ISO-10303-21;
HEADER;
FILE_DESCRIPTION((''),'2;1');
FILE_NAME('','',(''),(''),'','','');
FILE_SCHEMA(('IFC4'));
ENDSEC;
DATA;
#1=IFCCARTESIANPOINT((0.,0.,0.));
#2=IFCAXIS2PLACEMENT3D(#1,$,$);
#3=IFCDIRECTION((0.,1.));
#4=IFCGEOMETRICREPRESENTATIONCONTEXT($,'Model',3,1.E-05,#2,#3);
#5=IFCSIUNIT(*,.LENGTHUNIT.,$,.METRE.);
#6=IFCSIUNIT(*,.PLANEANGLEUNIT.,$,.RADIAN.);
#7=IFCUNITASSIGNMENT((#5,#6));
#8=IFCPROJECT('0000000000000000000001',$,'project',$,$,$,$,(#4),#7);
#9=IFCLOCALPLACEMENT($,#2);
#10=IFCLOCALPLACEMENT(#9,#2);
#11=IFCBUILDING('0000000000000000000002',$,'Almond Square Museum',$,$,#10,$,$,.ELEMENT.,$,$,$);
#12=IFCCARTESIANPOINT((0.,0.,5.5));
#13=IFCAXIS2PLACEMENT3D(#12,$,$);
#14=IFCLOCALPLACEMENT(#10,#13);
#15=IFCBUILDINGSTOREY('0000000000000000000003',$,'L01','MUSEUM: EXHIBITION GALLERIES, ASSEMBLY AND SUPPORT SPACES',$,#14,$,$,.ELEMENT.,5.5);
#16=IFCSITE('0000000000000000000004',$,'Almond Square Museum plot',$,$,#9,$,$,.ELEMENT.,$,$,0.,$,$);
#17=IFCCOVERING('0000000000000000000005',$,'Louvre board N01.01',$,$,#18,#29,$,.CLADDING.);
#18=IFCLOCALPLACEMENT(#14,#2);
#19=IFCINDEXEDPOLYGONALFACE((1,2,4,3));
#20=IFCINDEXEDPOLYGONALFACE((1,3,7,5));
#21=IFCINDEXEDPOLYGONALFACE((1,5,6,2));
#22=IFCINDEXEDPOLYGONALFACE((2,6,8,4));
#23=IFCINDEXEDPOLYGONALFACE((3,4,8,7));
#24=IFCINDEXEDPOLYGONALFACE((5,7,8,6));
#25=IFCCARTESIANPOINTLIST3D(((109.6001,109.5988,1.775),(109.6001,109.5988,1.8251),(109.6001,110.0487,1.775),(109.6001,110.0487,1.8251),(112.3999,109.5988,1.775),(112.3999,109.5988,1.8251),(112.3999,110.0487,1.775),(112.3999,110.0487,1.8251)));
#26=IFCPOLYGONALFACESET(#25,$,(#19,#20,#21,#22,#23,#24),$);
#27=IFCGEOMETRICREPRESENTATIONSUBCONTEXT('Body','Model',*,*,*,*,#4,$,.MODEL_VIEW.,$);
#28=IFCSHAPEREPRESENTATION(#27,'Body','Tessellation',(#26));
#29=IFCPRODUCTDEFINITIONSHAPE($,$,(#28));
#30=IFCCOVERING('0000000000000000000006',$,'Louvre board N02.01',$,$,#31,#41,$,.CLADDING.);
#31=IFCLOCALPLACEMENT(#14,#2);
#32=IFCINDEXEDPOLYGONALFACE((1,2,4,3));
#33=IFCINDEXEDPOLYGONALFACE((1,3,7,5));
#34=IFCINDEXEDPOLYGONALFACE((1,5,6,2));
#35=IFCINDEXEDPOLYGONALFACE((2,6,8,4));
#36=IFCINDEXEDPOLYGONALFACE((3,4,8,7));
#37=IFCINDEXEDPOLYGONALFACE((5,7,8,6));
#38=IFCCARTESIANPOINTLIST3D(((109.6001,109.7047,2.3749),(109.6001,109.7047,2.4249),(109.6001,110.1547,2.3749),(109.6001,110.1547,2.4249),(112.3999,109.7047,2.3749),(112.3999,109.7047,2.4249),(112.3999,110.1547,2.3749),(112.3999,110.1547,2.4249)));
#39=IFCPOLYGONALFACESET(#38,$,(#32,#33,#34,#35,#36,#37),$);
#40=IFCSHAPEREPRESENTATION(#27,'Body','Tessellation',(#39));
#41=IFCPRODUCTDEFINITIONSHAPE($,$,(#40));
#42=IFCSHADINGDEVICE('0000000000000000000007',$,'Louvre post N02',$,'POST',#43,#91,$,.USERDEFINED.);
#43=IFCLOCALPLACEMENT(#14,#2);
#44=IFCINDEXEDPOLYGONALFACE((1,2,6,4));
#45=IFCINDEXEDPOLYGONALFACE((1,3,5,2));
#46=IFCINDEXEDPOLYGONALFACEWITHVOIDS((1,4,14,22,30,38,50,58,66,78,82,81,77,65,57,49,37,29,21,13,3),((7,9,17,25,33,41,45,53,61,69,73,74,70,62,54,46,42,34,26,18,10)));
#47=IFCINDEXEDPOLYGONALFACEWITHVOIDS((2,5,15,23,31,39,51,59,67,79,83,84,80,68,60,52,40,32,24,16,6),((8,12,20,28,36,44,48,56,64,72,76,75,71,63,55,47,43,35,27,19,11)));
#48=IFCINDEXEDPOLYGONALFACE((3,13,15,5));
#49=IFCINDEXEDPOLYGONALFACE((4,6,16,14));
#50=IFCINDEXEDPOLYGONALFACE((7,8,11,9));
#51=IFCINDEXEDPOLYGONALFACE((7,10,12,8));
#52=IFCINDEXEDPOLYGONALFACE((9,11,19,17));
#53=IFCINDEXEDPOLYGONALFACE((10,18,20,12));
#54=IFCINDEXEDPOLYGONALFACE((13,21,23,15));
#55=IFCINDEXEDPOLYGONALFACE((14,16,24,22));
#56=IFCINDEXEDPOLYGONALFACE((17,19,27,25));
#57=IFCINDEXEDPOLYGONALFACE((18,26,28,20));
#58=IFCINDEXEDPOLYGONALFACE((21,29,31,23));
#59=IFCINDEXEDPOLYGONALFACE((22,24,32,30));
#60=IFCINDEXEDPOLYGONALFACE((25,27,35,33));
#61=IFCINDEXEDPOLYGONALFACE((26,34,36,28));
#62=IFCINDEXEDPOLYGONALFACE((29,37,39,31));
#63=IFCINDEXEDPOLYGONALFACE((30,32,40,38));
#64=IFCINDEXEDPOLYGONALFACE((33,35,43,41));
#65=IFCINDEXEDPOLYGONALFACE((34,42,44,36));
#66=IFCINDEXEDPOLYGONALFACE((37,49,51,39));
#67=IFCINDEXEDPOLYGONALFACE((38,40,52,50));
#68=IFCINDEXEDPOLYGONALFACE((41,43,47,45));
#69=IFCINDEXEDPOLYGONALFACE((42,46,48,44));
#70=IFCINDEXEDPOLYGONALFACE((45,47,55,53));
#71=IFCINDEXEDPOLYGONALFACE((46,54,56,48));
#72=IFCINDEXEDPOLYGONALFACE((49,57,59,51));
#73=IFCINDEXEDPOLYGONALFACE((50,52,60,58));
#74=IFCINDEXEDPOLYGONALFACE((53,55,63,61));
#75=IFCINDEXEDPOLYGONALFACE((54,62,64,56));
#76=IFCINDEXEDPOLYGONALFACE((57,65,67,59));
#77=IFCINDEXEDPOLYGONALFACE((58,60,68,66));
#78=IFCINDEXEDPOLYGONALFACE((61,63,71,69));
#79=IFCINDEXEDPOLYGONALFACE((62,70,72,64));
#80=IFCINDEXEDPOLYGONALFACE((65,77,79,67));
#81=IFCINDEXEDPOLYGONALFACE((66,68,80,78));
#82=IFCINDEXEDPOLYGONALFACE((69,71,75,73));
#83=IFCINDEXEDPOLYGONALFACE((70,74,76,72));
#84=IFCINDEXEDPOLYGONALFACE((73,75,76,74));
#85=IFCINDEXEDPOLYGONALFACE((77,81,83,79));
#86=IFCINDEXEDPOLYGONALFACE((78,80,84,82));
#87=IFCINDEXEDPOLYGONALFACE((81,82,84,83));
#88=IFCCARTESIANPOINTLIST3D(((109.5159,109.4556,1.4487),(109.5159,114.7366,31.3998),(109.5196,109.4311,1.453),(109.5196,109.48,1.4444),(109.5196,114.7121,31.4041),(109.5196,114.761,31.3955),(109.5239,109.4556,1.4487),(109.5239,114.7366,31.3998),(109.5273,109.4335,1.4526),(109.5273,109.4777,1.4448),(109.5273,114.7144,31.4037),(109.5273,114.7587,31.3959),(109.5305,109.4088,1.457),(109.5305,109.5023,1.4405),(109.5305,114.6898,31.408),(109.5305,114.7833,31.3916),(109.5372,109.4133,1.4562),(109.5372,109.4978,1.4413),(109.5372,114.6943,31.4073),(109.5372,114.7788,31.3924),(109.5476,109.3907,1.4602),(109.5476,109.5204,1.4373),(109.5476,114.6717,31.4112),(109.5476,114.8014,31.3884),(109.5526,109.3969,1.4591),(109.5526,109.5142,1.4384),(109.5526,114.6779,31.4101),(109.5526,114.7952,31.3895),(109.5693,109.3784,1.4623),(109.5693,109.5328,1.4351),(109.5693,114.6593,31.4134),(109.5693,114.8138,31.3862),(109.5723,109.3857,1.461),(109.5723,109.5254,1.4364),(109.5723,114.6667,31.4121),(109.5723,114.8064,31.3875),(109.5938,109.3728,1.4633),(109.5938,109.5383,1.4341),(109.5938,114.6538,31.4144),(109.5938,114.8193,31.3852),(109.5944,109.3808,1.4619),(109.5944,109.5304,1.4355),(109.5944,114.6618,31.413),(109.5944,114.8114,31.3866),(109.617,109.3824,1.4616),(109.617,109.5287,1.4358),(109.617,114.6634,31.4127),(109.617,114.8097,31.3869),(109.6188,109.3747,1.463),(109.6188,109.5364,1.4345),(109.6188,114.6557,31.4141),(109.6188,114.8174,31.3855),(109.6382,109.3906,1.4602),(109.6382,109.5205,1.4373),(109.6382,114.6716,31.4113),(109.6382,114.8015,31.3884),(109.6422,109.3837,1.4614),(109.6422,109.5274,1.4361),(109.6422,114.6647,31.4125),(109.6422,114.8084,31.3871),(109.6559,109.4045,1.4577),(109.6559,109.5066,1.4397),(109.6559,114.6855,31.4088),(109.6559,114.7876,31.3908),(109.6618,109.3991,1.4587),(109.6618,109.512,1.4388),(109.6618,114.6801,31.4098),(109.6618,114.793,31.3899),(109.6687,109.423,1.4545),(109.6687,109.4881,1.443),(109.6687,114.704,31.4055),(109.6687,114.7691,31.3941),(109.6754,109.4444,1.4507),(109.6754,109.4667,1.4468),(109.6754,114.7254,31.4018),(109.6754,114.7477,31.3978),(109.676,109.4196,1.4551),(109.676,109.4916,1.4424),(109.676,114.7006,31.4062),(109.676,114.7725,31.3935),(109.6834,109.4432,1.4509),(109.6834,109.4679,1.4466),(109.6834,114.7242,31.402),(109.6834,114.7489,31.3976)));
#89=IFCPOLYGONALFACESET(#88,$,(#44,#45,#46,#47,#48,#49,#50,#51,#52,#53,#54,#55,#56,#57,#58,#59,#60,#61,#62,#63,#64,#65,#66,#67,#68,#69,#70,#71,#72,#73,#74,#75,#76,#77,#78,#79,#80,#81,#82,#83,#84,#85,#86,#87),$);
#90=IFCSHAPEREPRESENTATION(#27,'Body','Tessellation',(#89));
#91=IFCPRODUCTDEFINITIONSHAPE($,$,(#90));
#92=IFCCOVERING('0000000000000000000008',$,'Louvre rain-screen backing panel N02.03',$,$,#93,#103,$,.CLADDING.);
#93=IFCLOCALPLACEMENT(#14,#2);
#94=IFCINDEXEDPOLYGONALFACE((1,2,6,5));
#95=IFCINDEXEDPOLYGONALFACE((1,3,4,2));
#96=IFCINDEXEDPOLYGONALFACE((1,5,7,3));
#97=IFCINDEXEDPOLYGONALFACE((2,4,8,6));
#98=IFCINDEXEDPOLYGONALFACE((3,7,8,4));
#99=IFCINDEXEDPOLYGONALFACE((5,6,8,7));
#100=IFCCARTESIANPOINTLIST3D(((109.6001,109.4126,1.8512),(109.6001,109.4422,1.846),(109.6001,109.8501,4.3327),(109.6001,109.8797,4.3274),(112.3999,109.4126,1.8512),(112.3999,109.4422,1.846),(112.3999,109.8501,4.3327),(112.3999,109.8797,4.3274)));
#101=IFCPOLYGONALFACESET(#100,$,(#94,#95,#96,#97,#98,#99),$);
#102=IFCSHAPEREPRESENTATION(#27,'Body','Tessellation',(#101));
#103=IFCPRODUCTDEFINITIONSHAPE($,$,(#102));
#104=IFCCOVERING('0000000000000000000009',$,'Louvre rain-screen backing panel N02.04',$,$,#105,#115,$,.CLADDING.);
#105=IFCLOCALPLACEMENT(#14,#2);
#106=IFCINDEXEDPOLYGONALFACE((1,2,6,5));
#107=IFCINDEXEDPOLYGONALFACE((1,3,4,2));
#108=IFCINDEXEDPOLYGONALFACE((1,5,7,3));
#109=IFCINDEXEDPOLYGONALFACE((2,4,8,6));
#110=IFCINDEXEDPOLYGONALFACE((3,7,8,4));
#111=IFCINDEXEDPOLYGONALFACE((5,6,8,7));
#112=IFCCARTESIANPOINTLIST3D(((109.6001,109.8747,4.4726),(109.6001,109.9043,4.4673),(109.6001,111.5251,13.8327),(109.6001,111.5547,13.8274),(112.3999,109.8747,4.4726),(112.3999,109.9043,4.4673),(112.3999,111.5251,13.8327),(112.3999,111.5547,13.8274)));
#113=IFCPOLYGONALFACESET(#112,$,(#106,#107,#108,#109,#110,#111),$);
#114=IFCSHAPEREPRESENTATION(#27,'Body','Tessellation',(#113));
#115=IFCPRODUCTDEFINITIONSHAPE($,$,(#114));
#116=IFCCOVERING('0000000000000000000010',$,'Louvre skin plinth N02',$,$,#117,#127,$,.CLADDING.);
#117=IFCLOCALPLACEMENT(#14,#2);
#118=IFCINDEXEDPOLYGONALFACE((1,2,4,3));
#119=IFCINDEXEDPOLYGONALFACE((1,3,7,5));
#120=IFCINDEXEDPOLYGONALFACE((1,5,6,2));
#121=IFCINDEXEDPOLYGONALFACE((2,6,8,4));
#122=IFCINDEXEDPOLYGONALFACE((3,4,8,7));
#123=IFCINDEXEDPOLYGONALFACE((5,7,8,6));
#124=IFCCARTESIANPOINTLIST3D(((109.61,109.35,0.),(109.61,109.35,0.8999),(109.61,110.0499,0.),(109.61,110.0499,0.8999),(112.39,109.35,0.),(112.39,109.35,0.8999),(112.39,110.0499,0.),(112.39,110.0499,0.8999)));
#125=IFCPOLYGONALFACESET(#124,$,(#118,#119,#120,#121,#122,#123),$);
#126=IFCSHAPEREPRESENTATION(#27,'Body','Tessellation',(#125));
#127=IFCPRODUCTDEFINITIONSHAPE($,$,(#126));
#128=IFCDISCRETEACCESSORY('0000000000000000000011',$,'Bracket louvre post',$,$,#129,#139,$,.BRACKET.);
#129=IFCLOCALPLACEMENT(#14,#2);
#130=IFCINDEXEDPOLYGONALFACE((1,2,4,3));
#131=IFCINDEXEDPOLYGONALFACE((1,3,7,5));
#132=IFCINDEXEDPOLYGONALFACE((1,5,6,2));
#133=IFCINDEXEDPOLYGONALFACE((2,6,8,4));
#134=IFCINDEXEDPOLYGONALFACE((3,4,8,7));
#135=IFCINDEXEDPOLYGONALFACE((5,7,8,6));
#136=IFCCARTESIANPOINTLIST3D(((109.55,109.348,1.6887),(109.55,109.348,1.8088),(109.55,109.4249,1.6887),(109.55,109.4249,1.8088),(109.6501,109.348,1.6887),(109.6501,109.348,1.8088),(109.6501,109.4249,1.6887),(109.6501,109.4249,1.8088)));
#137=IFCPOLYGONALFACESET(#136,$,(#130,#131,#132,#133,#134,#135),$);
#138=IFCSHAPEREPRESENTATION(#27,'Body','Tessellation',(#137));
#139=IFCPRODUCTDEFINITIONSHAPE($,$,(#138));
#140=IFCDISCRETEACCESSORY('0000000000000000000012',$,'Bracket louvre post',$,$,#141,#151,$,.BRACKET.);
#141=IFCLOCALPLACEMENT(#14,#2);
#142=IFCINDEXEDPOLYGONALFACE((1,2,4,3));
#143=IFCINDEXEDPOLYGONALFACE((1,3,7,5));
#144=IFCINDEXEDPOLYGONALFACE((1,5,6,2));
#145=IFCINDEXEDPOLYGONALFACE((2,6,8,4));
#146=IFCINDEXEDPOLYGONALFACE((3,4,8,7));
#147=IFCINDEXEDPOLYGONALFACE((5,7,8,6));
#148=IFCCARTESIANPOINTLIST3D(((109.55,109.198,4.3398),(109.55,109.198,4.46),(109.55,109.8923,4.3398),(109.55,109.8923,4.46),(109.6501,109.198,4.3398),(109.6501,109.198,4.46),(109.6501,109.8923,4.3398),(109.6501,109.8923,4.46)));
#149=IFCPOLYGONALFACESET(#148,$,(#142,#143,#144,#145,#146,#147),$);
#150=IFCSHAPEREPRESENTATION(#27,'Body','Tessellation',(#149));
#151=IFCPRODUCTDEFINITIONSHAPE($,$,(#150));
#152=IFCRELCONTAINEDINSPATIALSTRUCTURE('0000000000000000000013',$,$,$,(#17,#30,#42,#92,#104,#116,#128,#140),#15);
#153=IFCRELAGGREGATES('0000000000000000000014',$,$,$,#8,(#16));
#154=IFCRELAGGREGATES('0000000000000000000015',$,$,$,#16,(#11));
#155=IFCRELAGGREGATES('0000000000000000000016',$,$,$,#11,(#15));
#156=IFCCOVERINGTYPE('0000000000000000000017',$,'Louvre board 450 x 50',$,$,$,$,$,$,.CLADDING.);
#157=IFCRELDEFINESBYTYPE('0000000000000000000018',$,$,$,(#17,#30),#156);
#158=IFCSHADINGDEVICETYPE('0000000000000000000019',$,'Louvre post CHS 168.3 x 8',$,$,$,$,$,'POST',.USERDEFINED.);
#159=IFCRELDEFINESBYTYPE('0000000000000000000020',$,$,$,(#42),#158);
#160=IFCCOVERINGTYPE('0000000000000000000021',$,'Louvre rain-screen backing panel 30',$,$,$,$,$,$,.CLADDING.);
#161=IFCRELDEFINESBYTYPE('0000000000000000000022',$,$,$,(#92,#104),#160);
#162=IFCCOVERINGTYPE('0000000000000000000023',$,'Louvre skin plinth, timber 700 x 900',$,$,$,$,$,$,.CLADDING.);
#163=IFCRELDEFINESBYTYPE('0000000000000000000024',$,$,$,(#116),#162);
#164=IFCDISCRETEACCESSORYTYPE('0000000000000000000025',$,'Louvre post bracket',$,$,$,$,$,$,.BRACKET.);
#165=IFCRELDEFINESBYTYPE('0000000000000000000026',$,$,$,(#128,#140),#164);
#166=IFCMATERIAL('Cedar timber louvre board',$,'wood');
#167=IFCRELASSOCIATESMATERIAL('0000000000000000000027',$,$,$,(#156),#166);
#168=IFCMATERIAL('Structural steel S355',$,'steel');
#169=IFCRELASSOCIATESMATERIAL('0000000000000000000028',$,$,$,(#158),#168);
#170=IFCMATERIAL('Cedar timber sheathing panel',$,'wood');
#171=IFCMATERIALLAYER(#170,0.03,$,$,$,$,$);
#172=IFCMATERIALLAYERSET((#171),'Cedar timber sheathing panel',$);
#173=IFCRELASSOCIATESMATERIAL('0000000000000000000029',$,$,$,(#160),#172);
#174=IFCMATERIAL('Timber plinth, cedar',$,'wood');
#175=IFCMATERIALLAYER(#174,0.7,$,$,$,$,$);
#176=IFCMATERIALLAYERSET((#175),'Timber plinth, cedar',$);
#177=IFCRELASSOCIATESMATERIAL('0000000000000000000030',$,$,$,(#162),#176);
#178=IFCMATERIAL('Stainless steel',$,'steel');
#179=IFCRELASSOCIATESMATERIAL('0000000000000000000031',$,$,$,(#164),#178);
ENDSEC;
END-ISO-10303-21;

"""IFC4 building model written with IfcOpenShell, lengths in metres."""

from ifc_helpers import new_model, si_unit, direction, frame, origin, origin_2d, place, context, subcontext, project, spatial, polyline, rectangle, hollow_circle, outline, extrude, material, layer, layer_set, material_profile, profile_set, type_object, element, save


model = new_model("IFC4")

# Units and contexts
model_context = context("Model", 3, precision=1e-05, world=origin(), true_north=direction((0.0, 1.0)))
body_context = subcontext(model_context, "Body", "Model", "MODEL_VIEW")
ifc_project = project(units=[si_unit("LENGTHUNIT", "METRE"), si_unit("PLANEANGLEUNIT", "RADIAN")], contexts=[model_context])

# Site, building, storey
site_placement = place(None, origin())
site = spatial("IfcSite", under=ifc_project, at=site_placement, Name="Almond Square Museum plot", CompositionType="ELEMENT", RefElevation=0.0)
building_placement = place(site_placement, origin())
building = spatial("IfcBuilding", under=site, at=building_placement, Name="Almond Square Museum", CompositionType="ELEMENT")
storey_placement = place(building_placement, frame((0.0, 0.0, 5.5)))
storey = spatial("IfcBuildingStorey", under=building, at=storey_placement, Name="L01", Description="MUSEUM: EXHIBITION GALLERIES, ASSEMBLY AND SUPPORT SPACES", CompositionType="ELEMENT", Elevation=5.5)

# Coverings
ifc_material_1 = material(Name="Cedar timber louvre board", Category="wood")
ifc_material_profile_1 = material_profile(ifc_material_1, rectangle(XDim=0.45, YDim=0.05, at=origin_2d()))
ifc_profile_set_1 = profile_set([ifc_material_profile_1], Name="Cedar timber louvre board")
covering_type_1 = type_object("IfcCoveringType", Name="Louvre board 450 x 50", PredefinedType="CLADDING", material=ifc_profile_set_1)
for number, where, z_axis, x_axis, name in (
    (1, (109.6001, 109.8237, 1.8), (1.0, 0.0, 0.0), (0.0, 1.0, 0.0), "Louvre board N01.01"),
    (2, (109.6001, 109.9297, 2.3999), (1.0, 0.0, 0.0), (0.0, 1.0, 0.0), "Louvre board N02.01"),
):
    element("IfcCovering", number, at=place(storey_placement, frame(where, z_axis=z_axis, x_axis=x_axis)), inside=storey, type_object=covering_type_1, Name=name, PredefinedType="CLADDING", context=body_context, shape_type="SweptSolid", body=[
        extrude(rectangle(XDim=0.45, YDim=0.05, at=origin_2d()), origin(), (0.0, 0.0, 1.0), 2.7998),
    ])

# Shading device
ifc_material_2 = material(Name="Structural steel S355", Category="steel")
ifc_material_profile_2 = material_profile(ifc_material_2, hollow_circle(Radius=0.0842, WallThickness=0.0081, at=origin_2d()))
ifc_profile_set_2 = profile_set([ifc_material_profile_2], Name="Structural steel S355")
shading_device_type = type_object("IfcShadingDeviceType", Name="Louvre post CHS 168.3 x 8", ElementType="POST", PredefinedType="USERDEFINED", material=ifc_profile_set_2)
shading_device_placement = place(storey_placement, frame((109.6001, 109.4556, 1.4487), z_axis=(0.0, 0.173642, 0.984809), x_axis=(-1.0, 0.0, 0.0)))
element("IfcShadingDevice", 3, at=shading_device_placement, inside=storey, type_object=shading_device_type, Name="Louvre post N02", ObjectType="POST", PredefinedType="USERDEFINED", context=body_context, shape_type="SweptSolid", body=[
    extrude(hollow_circle(Radius=0.0842, WallThickness=0.0081, at=origin_2d()), origin(), (0.0, 0.0, 1.0), 30.4131),
])

# Coverings
ifc_material_3 = material(Name="Cedar timber sheathing panel", Category="wood")
ifc_layer_1 = layer(ifc_material_3, 0.03)
ifc_layer_set_1 = layer_set([ifc_layer_1], Name="Cedar timber sheathing panel")
covering_type_2 = type_object("IfcCoveringType", Name="Louvre rain-screen backing panel 30", PredefinedType="CLADDING", material=ifc_layer_set_1)
covering_1_placement = place(storey_placement, frame((109.6001, 109.4272, 1.8486), z_axis=(0.0, -0.984811, 0.173631), x_axis=(1.0, 0.0, 0.0)))
element("IfcCovering", 4, at=covering_1_placement, inside=storey, type_object=covering_type_2, Name="Louvre rain-screen backing panel N02.03", PredefinedType="CLADDING", context=body_context, shape_type="SweptSolid", body=[
    extrude(outline(polyline([(0.0, 0.0), (2.7998, 0.0), (2.7998, 2.5197), (0.0, 2.5197), (0.0, 0.0)])), frame((0.0, 0.0, -0.0151)), (0.0, 0.0, 1.0), 0.03),
])
covering_2_placement = place(storey_placement, frame((109.6001, 109.8894, 4.47), z_axis=(0.0, -0.984809, 0.173643), x_axis=(1.0, 0.0, 0.0)))
element("IfcCovering", 5, at=covering_2_placement, inside=storey, type_object=covering_type_2, Name="Louvre rain-screen backing panel N02.04", PredefinedType="CLADDING", context=body_context, shape_type="SweptSolid", body=[
    extrude(outline(polyline([(0.0, 0.0), (2.7998, 0.0), (2.7998, 9.5045), (0.0, 9.5045), (0.0, 0.0)])), frame((0.0, 0.0, -0.0151)), (0.0, 0.0, 1.0), 0.03),
])
ifc_material_4 = material(Name="Timber plinth, cedar", Category="wood")
ifc_layer_2 = layer(ifc_material_4, 0.7)
ifc_layer_set_2 = layer_set([ifc_layer_2], Name="Timber plinth, cedar")
covering_type_3 = type_object("IfcCoveringType", Name="Louvre skin plinth, timber 700 x 900", PredefinedType="CLADDING", material=ifc_layer_set_2)
covering_3_placement = place(storey_placement, frame((111.0, 109.7, 0.0), z_axis=(0.0, 0.0, 1.0), x_axis=(1.0, 0.0, 0.0)))
element("IfcCovering", 6, at=covering_3_placement, inside=storey, type_object=covering_type_3, Name="Louvre skin plinth N02", PredefinedType="CLADDING", context=body_context, shape_type="SweptSolid", body=[
    extrude(rectangle(XDim=2.78, YDim=0.7, at=origin_2d()), origin(), (0.0, 0.0, 1.0), 0.8999),
])

# Discrete accessories
ifc_material_5 = material(Name="Stainless steel", Category="steel")
discrete_accessory_type = type_object("IfcDiscreteAccessoryType", Name="Louvre post bracket", PredefinedType="BRACKET", material=ifc_material_5)
discrete_accessory_1_placement = place(storey_placement, frame((109.6001, 109.3865, 1.6887), z_axis=(0.0, 0.0, 1.0), x_axis=(1.0, 0.0, 0.0)))
element("IfcDiscreteAccessory", 7, at=discrete_accessory_1_placement, inside=storey, type_object=discrete_accessory_type, Name="Bracket louvre post", PredefinedType="BRACKET", context=body_context, shape_type="SweptSolid", body=[
    extrude(rectangle(XDim=0.1001, YDim=0.0769, at=origin_2d()), origin(), (0.0, 0.0, 1.0), 0.1201),
])
discrete_accessory_2_placement = place(storey_placement, frame((109.6001, 109.5452, 4.3398), z_axis=(0.0, 0.0, 1.0), x_axis=(1.0, 0.0, 0.0)))
element("IfcDiscreteAccessory", 8, at=discrete_accessory_2_placement, inside=storey, type_object=discrete_accessory_type, Name="Bracket louvre post", PredefinedType="BRACKET", context=body_context, shape_type="SweptSolid", body=[
    extrude(rectangle(XDim=0.1001, YDim=0.6943, at=origin_2d()), origin(), (0.0, 0.0, 1.0), 0.1201),
])

save(model, "model.ifc")
